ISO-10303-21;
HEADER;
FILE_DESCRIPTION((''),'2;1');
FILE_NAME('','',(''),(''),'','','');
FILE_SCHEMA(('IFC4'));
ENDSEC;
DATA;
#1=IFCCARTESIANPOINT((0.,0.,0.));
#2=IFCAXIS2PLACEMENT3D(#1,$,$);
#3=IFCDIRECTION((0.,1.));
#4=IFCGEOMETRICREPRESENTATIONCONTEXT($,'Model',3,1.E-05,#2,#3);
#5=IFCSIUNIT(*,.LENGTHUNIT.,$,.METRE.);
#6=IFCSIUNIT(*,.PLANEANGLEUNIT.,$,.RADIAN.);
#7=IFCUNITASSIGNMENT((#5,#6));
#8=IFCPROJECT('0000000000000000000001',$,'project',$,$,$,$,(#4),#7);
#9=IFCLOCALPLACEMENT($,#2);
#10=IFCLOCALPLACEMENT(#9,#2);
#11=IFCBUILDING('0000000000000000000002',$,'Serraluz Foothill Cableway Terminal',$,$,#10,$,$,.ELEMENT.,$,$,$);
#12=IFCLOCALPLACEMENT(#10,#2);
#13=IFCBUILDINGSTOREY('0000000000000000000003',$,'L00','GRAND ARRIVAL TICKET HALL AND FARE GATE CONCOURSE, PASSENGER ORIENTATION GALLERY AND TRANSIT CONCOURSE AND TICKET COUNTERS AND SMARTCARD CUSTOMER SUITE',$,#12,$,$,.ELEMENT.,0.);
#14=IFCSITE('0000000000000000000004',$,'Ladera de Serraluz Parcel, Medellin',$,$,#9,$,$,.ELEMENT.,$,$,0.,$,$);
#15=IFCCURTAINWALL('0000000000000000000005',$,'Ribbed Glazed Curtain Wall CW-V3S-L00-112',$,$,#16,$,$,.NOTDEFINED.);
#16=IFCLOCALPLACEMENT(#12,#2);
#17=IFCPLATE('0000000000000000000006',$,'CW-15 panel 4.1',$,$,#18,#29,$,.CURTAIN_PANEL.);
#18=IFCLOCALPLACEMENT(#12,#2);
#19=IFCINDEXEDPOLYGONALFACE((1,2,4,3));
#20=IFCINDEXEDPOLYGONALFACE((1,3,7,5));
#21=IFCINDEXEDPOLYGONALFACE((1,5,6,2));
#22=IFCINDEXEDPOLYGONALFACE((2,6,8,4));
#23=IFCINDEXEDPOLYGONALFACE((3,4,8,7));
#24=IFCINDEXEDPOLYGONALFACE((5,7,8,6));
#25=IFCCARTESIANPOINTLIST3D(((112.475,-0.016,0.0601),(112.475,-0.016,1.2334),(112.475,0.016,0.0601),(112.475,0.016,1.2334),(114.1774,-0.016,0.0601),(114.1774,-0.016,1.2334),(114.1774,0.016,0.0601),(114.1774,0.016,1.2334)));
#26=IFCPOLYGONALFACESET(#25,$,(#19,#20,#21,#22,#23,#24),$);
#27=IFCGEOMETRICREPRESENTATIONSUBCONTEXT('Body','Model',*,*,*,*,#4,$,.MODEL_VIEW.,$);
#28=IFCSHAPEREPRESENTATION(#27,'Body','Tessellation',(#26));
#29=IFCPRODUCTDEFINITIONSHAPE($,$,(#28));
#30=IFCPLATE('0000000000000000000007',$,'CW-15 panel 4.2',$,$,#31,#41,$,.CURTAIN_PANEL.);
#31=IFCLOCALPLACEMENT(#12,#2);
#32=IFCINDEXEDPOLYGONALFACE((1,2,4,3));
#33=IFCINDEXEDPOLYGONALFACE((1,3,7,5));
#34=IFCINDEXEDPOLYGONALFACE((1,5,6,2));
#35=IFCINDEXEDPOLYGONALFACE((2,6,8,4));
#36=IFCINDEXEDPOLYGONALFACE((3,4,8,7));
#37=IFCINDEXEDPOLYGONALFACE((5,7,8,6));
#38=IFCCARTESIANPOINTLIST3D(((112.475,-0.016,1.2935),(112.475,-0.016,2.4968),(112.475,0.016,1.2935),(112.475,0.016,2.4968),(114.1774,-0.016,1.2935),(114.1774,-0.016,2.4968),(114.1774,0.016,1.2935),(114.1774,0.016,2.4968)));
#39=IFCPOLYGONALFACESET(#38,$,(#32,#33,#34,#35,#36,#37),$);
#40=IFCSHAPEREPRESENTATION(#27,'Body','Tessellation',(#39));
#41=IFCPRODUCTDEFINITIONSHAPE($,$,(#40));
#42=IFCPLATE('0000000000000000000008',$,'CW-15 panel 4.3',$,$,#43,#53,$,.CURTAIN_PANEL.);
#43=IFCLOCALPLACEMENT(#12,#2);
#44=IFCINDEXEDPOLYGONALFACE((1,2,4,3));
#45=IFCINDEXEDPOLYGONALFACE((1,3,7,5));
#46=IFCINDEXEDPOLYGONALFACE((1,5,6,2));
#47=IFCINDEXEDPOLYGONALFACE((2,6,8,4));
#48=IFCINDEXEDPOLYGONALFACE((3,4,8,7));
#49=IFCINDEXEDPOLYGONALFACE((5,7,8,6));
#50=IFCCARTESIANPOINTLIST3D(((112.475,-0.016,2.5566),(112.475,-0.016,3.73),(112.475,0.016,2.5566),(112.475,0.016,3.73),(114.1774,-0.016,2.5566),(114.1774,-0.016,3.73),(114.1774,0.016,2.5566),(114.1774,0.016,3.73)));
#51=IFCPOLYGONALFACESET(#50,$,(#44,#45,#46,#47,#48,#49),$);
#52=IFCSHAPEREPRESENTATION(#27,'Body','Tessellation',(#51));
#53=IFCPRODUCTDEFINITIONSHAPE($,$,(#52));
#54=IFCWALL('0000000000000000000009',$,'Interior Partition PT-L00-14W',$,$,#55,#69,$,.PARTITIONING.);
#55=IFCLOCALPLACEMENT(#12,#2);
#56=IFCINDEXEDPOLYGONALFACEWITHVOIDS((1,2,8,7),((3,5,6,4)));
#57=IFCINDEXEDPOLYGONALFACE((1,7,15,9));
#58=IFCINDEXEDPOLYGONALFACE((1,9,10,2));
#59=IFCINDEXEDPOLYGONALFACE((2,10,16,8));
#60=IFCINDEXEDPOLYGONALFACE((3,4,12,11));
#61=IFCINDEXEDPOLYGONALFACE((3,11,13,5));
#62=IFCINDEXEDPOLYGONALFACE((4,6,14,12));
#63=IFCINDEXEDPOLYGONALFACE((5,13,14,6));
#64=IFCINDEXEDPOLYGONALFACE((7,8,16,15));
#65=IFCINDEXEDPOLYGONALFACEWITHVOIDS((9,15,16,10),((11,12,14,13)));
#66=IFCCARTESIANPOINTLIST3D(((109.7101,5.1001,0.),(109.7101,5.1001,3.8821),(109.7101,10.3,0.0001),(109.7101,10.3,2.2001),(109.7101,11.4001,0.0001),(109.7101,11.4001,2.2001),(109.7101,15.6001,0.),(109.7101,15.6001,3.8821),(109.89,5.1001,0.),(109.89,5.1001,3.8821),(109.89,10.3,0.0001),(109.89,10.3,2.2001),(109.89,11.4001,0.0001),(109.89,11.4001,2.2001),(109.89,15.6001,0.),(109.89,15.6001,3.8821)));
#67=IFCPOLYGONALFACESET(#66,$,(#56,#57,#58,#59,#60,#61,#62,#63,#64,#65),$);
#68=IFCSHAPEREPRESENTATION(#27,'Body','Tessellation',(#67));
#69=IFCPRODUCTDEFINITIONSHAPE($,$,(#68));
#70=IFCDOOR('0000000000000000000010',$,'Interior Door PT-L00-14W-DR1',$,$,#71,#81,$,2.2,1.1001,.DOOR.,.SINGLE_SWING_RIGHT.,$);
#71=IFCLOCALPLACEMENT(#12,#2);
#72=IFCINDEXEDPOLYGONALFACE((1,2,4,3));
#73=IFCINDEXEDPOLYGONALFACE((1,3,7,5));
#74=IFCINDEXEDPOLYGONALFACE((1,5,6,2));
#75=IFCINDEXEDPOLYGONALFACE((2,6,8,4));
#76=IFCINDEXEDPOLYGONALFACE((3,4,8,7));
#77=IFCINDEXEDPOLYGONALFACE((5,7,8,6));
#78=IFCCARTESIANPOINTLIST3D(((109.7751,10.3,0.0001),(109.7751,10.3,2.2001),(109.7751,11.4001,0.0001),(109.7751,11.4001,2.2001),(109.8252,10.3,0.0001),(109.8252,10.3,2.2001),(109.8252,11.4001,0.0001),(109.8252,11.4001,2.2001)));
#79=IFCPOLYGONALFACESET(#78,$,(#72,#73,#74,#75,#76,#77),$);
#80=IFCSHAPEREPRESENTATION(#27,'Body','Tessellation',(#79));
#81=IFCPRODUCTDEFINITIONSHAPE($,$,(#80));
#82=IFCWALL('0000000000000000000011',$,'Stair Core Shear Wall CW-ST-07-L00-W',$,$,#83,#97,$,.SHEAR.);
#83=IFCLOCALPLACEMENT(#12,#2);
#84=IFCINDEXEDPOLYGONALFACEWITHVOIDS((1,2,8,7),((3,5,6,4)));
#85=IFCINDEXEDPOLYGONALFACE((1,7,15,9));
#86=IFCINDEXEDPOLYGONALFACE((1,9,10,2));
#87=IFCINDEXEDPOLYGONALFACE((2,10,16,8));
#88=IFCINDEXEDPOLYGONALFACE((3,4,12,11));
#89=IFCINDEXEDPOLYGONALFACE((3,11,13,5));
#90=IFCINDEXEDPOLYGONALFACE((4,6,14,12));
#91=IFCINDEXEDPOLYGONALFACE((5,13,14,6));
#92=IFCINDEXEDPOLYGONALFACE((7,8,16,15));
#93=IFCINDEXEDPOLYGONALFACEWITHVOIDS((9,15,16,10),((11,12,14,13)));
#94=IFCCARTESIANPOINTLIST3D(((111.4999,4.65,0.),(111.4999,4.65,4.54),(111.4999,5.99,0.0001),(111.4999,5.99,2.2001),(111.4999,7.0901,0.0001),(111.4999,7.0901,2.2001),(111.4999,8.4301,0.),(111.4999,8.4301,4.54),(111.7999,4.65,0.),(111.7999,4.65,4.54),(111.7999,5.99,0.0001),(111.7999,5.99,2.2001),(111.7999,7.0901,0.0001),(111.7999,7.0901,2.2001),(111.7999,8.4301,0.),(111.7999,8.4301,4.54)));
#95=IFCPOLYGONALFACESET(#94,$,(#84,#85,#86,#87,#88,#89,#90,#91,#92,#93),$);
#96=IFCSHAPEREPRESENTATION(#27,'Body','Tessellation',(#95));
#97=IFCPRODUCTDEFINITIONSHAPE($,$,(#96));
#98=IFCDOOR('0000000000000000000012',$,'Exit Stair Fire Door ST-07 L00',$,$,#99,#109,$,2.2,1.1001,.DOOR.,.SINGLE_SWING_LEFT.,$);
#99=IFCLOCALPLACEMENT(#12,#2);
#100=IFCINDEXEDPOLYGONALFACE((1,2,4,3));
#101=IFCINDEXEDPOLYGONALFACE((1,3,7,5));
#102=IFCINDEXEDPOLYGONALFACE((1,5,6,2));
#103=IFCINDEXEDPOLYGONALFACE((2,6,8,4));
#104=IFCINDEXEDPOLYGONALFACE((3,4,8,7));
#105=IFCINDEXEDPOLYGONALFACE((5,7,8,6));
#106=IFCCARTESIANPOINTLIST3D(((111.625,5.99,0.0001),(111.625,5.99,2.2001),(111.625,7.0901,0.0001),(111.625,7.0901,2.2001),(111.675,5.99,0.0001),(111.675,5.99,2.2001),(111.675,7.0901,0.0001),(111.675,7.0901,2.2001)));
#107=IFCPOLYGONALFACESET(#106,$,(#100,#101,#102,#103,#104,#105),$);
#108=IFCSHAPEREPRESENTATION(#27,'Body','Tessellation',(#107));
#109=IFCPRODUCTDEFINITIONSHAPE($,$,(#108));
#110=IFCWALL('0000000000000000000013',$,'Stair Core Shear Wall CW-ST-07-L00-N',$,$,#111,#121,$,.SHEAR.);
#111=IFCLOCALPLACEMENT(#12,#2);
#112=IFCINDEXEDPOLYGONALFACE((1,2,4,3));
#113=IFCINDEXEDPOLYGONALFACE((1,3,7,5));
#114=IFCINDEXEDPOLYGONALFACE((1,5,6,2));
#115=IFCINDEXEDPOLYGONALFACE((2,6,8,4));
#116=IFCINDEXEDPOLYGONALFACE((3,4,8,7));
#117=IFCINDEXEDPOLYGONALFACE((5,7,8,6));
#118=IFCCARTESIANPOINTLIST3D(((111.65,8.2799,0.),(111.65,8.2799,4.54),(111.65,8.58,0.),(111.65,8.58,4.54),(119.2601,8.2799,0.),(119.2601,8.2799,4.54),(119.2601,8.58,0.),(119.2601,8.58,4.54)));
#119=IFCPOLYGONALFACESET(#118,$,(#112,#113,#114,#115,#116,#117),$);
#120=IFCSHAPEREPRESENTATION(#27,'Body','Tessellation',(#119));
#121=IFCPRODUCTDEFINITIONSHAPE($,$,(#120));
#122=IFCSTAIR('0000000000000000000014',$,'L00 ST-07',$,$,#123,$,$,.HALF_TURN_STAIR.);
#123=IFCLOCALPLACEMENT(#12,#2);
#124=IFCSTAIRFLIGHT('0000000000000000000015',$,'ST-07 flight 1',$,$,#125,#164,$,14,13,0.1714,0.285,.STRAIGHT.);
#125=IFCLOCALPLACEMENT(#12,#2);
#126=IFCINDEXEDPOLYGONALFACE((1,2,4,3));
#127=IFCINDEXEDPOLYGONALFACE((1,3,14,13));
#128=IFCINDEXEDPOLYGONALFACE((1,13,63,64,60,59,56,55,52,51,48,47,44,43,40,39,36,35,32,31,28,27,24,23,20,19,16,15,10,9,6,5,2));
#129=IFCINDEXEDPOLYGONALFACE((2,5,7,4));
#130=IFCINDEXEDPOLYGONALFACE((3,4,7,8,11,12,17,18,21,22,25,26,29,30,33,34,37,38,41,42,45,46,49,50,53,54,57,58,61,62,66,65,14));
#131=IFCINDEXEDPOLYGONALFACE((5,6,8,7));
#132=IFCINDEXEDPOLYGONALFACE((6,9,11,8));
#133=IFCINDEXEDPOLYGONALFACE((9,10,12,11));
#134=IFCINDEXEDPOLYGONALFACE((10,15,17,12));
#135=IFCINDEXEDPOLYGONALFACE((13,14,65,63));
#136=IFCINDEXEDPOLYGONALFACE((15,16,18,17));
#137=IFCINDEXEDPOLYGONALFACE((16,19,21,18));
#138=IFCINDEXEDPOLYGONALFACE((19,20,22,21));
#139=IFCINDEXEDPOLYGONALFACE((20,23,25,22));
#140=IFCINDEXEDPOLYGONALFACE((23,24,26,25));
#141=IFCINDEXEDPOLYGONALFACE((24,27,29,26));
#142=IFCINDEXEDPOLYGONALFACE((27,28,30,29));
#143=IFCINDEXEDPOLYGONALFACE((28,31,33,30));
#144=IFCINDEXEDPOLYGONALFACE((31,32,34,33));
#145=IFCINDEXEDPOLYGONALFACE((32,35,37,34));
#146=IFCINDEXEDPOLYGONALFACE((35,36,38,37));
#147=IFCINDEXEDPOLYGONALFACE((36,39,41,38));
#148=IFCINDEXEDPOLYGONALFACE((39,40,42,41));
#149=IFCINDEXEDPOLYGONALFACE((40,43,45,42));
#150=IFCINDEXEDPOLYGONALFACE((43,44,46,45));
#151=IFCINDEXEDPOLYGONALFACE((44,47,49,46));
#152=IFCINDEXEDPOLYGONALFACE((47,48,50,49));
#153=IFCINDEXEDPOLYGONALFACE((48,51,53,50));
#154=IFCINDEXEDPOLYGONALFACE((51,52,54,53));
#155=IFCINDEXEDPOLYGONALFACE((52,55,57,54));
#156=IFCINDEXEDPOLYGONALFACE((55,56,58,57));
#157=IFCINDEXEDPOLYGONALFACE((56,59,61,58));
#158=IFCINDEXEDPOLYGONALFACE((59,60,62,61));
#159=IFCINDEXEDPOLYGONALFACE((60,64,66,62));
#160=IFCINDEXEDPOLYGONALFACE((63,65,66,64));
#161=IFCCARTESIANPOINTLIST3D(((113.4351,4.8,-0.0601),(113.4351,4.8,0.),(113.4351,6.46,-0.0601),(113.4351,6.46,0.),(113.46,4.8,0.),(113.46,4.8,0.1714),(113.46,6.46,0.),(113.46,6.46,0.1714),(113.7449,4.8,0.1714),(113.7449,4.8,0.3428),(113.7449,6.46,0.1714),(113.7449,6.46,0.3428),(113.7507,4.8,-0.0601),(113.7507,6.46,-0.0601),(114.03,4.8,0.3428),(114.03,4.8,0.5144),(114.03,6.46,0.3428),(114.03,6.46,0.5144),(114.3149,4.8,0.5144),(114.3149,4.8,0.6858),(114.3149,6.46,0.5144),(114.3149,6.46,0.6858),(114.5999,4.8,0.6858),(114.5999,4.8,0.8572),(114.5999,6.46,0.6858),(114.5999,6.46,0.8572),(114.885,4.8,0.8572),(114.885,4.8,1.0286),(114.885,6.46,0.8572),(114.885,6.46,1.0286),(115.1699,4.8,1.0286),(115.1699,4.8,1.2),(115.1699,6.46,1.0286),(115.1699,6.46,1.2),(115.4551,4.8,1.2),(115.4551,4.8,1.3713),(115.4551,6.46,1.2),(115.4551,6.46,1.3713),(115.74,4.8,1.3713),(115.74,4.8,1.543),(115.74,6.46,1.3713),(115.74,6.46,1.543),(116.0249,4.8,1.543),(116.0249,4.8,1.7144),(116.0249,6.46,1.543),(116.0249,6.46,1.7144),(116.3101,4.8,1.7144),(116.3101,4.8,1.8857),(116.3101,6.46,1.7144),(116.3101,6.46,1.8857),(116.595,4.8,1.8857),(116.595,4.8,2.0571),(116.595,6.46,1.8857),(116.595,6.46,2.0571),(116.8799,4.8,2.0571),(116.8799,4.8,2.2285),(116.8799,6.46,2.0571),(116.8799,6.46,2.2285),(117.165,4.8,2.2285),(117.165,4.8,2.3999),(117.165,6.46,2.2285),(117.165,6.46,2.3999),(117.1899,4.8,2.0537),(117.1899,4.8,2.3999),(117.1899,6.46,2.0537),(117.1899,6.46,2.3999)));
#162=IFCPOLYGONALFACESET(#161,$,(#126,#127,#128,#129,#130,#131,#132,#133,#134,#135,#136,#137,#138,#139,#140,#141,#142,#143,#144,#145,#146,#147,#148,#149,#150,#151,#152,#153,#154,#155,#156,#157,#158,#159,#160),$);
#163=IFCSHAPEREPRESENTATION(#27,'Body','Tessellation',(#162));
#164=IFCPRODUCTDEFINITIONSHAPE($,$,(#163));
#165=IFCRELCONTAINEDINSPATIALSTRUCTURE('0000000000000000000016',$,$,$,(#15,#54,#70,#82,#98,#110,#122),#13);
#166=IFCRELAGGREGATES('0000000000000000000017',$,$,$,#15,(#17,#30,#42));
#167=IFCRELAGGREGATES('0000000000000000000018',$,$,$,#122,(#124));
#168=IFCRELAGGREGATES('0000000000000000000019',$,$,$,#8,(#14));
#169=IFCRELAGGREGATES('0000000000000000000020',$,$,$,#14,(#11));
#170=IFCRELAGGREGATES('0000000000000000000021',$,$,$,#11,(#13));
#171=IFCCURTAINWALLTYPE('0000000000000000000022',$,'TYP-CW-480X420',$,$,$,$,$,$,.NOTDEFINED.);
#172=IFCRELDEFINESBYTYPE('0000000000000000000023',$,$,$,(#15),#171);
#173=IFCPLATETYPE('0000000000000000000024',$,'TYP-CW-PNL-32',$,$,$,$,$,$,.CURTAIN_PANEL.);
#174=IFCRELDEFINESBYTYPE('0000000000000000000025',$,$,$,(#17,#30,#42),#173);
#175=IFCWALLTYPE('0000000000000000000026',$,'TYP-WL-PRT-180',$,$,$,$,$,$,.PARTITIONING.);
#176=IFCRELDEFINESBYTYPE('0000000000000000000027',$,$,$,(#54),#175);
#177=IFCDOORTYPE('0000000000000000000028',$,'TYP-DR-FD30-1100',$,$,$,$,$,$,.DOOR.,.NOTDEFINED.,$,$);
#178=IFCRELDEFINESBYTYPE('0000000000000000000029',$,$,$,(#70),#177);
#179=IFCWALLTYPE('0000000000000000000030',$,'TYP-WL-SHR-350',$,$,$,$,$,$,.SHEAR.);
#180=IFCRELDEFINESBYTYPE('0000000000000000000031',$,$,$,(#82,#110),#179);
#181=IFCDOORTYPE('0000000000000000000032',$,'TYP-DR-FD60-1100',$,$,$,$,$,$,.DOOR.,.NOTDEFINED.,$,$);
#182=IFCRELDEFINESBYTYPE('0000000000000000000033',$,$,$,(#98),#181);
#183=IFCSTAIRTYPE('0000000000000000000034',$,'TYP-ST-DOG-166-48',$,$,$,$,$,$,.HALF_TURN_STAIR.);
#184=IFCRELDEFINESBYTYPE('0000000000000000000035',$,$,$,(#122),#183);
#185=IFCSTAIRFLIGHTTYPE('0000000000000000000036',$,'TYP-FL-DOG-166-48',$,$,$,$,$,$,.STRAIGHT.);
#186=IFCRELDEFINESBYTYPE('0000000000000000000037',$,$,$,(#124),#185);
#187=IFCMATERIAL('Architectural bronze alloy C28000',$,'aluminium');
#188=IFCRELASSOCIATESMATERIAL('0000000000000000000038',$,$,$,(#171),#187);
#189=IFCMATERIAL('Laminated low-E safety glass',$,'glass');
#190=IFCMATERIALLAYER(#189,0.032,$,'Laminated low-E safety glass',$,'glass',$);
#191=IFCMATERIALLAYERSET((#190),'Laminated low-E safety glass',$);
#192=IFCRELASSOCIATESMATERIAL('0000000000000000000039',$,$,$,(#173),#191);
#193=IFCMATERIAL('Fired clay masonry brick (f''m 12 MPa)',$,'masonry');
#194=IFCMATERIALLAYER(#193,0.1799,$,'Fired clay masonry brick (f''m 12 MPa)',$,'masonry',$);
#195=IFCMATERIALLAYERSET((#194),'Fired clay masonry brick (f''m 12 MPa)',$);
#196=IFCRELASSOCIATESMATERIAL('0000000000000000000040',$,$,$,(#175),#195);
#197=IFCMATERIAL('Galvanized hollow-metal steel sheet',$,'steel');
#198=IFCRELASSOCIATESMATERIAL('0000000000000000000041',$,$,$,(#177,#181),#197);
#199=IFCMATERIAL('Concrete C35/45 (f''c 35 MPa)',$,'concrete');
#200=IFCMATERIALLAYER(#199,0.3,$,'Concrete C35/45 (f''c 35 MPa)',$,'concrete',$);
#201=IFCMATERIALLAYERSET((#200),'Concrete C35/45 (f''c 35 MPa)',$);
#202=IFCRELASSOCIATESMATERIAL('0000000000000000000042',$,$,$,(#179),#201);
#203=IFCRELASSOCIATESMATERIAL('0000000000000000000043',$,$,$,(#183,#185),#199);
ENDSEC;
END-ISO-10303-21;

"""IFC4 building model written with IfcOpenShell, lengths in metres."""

from ifc_helpers import new_model, si_unit, direction, frame, frame_2d, origin, origin_2d, place, context, subcontext, project, spatial, polyline, rectangle, outline, extrude, material, layer, layer_set, type_object, element, fill, aggregate, save


model = new_model("IFC4")

# Units and contexts
model_context = context("Model", 3, precision=1e-05, world=origin(), true_north=direction((0.0, 1.0)))
body_context = subcontext(model_context, "Body", "Model", "MODEL_VIEW")
ifc_project = project(units=[si_unit("LENGTHUNIT", "METRE"), si_unit("PLANEANGLEUNIT", "RADIAN")], contexts=[model_context])

# Site, building, storey
site_placement = place(None, origin())
site = spatial("IfcSite", under=ifc_project, at=site_placement, Name="Ladera de Serraluz Parcel, Medellin", CompositionType="ELEMENT", RefElevation=0.0)
building_placement = place(site_placement, origin())
building = spatial("IfcBuilding", under=site, at=building_placement, Name="Serraluz Foothill Cableway Terminal", CompositionType="ELEMENT")
storey_placement = place(building_placement, origin())
storey = spatial("IfcBuildingStorey", under=building, at=storey_placement, Name="L00", Description="GRAND ARRIVAL TICKET HALL AND FARE GATE CONCOURSE, PASSENGER ORIENTATION GALLERY AND TRANSIT CONCOURSE AND TICKET COUNTERS AND SMARTCARD CUSTOMER SUITE", CompositionType="ELEMENT", Elevation=0.0)

# Shared definitions
ifc_material_1 = material(Name="Concrete C35/45 (f'c 35 MPa)", Category="concrete")

# Curtain wall
ifc_material_2 = material(Name="Architectural bronze alloy C28000", Category="aluminium")
curtain_wall_type = type_object("IfcCurtainWallType", Name="TYP-CW-480X420", PredefinedType="NOTDEFINED", material=ifc_material_2)
curtain_wall_placement = place(storey_placement, origin())
curtain_wall = element("IfcCurtainWall", 1, at=curtain_wall_placement, inside=storey, type_object=curtain_wall_type, Name="Ribbed Glazed Curtain Wall CW-V3S-L00-112", PredefinedType="NOTDEFINED")

# Plates
ifc_material_3 = material(Name="Laminated low-E safety glass", Category="glass")
ifc_layer_1 = layer(ifc_material_3, 0.032, Name="Laminated low-E safety glass", Category="glass")
ifc_layer_set_1 = layer_set([ifc_layer_1], Name="Laminated low-E safety glass")
plate_type = type_object("IfcPlateType", Name="TYP-CW-PNL-32", PredefinedType="CURTAIN_PANEL", material=ifc_layer_set_1)
plate_1_placement = place(storey_placement, frame((113.3262, 0.0, 0.0601), z_axis=(0.0, 0.0, 1.0), x_axis=(-1.0, 0.0, 0.0)))
plate_1 = element("IfcPlate", 2, at=plate_1_placement, type_object=plate_type, Name="CW-15 panel 4.1", PredefinedType="CURTAIN_PANEL", context=body_context, shape_type="SweptSolid", body=[
    extrude(rectangle(XDim=1.7024, YDim=0.032, at=origin_2d()), origin(), (0.0, 0.0, 1.0), 1.1733),
])
plate_2_placement = place(storey_placement, frame((113.3262, 0.0, 1.2935), z_axis=(0.0, 0.0, 1.0), x_axis=(-1.0, 0.0, 0.0)))
plate_2 = element("IfcPlate", 3, at=plate_2_placement, type_object=plate_type, Name="CW-15 panel 4.2", PredefinedType="CURTAIN_PANEL", context=body_context, shape_type="SweptSolid", body=[
    extrude(rectangle(XDim=1.7024, YDim=0.032, at=origin_2d()), origin(), (0.0, 0.0, 1.0), 1.2034),
])
plate_3_placement = place(storey_placement, frame((113.3262, 0.0, 2.5566), z_axis=(0.0, 0.0, 1.0), x_axis=(-1.0, 0.0, 0.0)))
plate_3 = element("IfcPlate", 4, at=plate_3_placement, type_object=plate_type, Name="CW-15 panel 4.3", PredefinedType="CURTAIN_PANEL", context=body_context, shape_type="SweptSolid", body=[
    extrude(rectangle(XDim=1.7024, YDim=0.032, at=origin_2d()), origin(), (0.0, 0.0, 1.0), 1.1733),
])
aggregate(curtain_wall, [plate_1, plate_2, plate_3])

# Walls, openings, doors
ifc_material_4 = material(Name="Fired clay masonry brick (f'm 12 MPa)", Category="masonry")
ifc_layer_2 = layer(ifc_material_4, 0.1799, Name="Fired clay masonry brick (f'm 12 MPa)", Category="masonry")
ifc_layer_set_2 = layer_set([ifc_layer_2], Name="Fired clay masonry brick (f'm 12 MPa)")
wall_type_1 = type_object("IfcWallType", Name="TYP-WL-PRT-180", PredefinedType="PARTITIONING", material=ifc_layer_set_2)
wall_1_placement = place(storey_placement, frame((109.8, 5.1001, 0.0), z_axis=(0.0, 0.0, 1.0), x_axis=(0.0, 1.0, 0.0)))
wall_1 = element("IfcWall", 5, at=wall_1_placement, inside=storey, type_object=wall_type_1, Name="Interior Partition PT-L00-14W", PredefinedType="PARTITIONING", context=body_context, shape_type="SweptSolid", body=[
    extrude(rectangle(XDim=10.5, YDim=0.1799, at=frame_2d((5.25, 0.0))), origin(), (0.0, 0.0, 1.0), 3.8821),
])
opening_1_placement = place(wall_1_placement, frame((5.2, 0.0, 0.0)))
opening_1 = element("IfcOpeningElement", 6, at=opening_1_placement, cuts=wall_1, PredefinedType="OPENING", context=body_context, shape_type="SweptSolid", body=[
    extrude(rectangle(XDim=1.1001, YDim=2.2, at=frame_2d((0.55, 1.1001))), frame((0.0, 0.1001, 0.0), z_axis=(0.0, -1.0, 0.0), x_axis=(1.0, 0.0, 0.0)), (0.0, 0.0, 1.0), 0.2),
])
ifc_material_5 = material(Name="Galvanized hollow-metal steel sheet", Category="steel")
door_type_1 = type_object("IfcDoorType", Name="TYP-DR-FD30-1100", OperationType="NOTDEFINED", PredefinedType="DOOR", material=ifc_material_5)
door_1_placement = place(opening_1_placement, origin())
door_1 = element("IfcDoor", 7, at=door_1_placement, inside=storey, type_object=door_type_1, Name="Interior Door PT-L00-14W-DR1", OperationType="SINGLE_SWING_RIGHT", OverallHeight=2.2, OverallWidth=1.1001, PredefinedType="DOOR", context=body_context, shape_type="SweptSolid", body=[
    extrude(rectangle(XDim=1.1001, YDim=2.2, at=frame_2d((0.55, 1.1001))), frame((0.0, 0.0249, 0.0), z_axis=(0.0, -1.0, 0.0), x_axis=(1.0, 0.0, 0.0)), (0.0, 0.0, 1.0), 0.05),
])
fill(opening_1, door_1)
ifc_layer_3 = layer(ifc_material_1, 0.3, Name="Concrete C35/45 (f'c 35 MPa)", Category="concrete")
ifc_layer_set_3 = layer_set([ifc_layer_3], Name="Concrete C35/45 (f'c 35 MPa)")
wall_type_2 = type_object("IfcWallType", Name="TYP-WL-SHR-350", PredefinedType="SHEAR", material=ifc_layer_set_3)
wall_2_placement = place(storey_placement, frame((111.6499, 4.6499, 0.0), z_axis=(0.0, 0.0, 1.0), x_axis=(0.0, 1.0, 0.0)))
wall_2 = element("IfcWall", 8, at=wall_2_placement, inside=storey, type_object=wall_type_2, Name="Stair Core Shear Wall CW-ST-07-L00-W", PredefinedType="SHEAR", context=body_context, shape_type="SweptSolid", body=[
    extrude(rectangle(XDim=3.78, YDim=0.3, at=frame_2d((1.8901, 0.0))), origin(), (0.0, 0.0, 1.0), 4.54),
])
opening_2_placement = place(wall_2_placement, frame((1.3401, 0.0, 0.0)))
opening_2 = element("IfcOpeningElement", 9, at=opening_2_placement, cuts=wall_2, PredefinedType="OPENING", context=body_context, shape_type="SweptSolid", body=[
    extrude(rectangle(XDim=1.1001, YDim=2.2, at=frame_2d((0.55, 1.1001))), frame((0.0, 0.1602, 0.0), z_axis=(0.0, -1.0, 0.0), x_axis=(1.0, 0.0, 0.0)), (0.0, 0.0, 1.0), 0.3201),
])
door_type_2 = type_object("IfcDoorType", Name="TYP-DR-FD60-1100", OperationType="NOTDEFINED", PredefinedType="DOOR", material=ifc_material_5)
door_2_placement = place(opening_2_placement, origin())
door_2 = element("IfcDoor", 10, at=door_2_placement, inside=storey, type_object=door_type_2, Name="Exit Stair Fire Door ST-07 L00", OperationType="SINGLE_SWING_LEFT", OverallHeight=2.2, OverallWidth=1.1001, PredefinedType="DOOR", context=body_context, shape_type="SweptSolid", body=[
    extrude(rectangle(XDim=1.1001, YDim=2.2, at=frame_2d((0.55, 1.1001))), frame((0.0, 0.0249, 0.0), z_axis=(0.0, -1.0, 0.0), x_axis=(1.0, 0.0, 0.0)), (0.0, 0.0, 1.0), 0.05),
])
fill(opening_2, door_2)

# Wall
wall_3_placement = place(storey_placement, frame((111.6499, 8.4299, 0.0), z_axis=(0.0, 0.0, 1.0), x_axis=(1.0, 0.0, 0.0)))
element("IfcWall", 11, at=wall_3_placement, inside=storey, type_object=wall_type_2, Name="Stair Core Shear Wall CW-ST-07-L00-N", PredefinedType="SHEAR", context=body_context, shape_type="SweptSolid", body=[
    extrude(rectangle(XDim=7.6101, YDim=0.3, at=frame_2d((3.8052, 0.0))), origin(), (0.0, 0.0, 1.0), 4.54),
])

# Stair, stair flight
stair_type = type_object("IfcStairType", Name="TYP-ST-DOG-166-48", PredefinedType="HALF_TURN_STAIR", material=ifc_material_1)
stair_placement = place(storey_placement, origin())
stair = element("IfcStair", 12, at=stair_placement, inside=storey, type_object=stair_type, Name="L00 ST-07", PredefinedType="HALF_TURN_STAIR")
stair_flight_type = type_object("IfcStairFlightType", Name="TYP-FL-DOG-166-48", PredefinedType="STRAIGHT", material=ifc_material_1)
stair_flight_placement = place(storey_placement, frame((113.46, 5.6299, 0.0), z_axis=(0.0, 0.0, 1.0), x_axis=(1.0, 0.0, 0.0)))
stair_flight = element("IfcStairFlight", 13, at=stair_flight_placement, type_object=stair_flight_type, Name="ST-07 flight 1", NumberOfRisers=14, NumberOfTreads=13, PredefinedType="STRAIGHT", RiserHeight=0.1714, TreadLength=0.285, context=body_context, shape_type="SweptSolid", body=[
    extrude(outline(polyline([(-0.0249, -0.0601), (-0.0249, 0.0), (0.0, 0.0), (0.0, 0.1714), (0.2849, 0.1714), (0.2849, 0.3428), (0.5701, 0.3428), (0.5701, 0.5144), (0.855, 0.5144), (0.855, 0.6858), (1.1399, 0.6858), (1.1399, 0.8572), (1.425, 0.8572), (1.425, 1.0286), (1.71, 1.0286), (1.71, 1.2), (1.9951, 1.2), (1.9951, 1.3713), (2.28, 1.3713), (2.28, 1.543), (2.5649, 1.543), (2.5649, 1.7144), (2.8501, 1.7144), (2.8501, 1.8857), (3.135, 1.8857), (3.135, 2.0571), (3.4199, 2.0571), (3.4199, 2.2285), (3.7051, 2.2285), (3.7051, 2.3999), (3.73, 2.3999), (3.73, 2.0537), (0.2908, -0.0601), (-0.0249, -0.0601)])), frame((0.0, 0.8301, 0.0), z_axis=(0.0, -1.0, 0.0), x_axis=(1.0, 0.0, 0.0)), (0.0, 0.0, 1.0), 1.6599),
])
aggregate(stair, [stair_flight])

save(model, "model.ifc")
